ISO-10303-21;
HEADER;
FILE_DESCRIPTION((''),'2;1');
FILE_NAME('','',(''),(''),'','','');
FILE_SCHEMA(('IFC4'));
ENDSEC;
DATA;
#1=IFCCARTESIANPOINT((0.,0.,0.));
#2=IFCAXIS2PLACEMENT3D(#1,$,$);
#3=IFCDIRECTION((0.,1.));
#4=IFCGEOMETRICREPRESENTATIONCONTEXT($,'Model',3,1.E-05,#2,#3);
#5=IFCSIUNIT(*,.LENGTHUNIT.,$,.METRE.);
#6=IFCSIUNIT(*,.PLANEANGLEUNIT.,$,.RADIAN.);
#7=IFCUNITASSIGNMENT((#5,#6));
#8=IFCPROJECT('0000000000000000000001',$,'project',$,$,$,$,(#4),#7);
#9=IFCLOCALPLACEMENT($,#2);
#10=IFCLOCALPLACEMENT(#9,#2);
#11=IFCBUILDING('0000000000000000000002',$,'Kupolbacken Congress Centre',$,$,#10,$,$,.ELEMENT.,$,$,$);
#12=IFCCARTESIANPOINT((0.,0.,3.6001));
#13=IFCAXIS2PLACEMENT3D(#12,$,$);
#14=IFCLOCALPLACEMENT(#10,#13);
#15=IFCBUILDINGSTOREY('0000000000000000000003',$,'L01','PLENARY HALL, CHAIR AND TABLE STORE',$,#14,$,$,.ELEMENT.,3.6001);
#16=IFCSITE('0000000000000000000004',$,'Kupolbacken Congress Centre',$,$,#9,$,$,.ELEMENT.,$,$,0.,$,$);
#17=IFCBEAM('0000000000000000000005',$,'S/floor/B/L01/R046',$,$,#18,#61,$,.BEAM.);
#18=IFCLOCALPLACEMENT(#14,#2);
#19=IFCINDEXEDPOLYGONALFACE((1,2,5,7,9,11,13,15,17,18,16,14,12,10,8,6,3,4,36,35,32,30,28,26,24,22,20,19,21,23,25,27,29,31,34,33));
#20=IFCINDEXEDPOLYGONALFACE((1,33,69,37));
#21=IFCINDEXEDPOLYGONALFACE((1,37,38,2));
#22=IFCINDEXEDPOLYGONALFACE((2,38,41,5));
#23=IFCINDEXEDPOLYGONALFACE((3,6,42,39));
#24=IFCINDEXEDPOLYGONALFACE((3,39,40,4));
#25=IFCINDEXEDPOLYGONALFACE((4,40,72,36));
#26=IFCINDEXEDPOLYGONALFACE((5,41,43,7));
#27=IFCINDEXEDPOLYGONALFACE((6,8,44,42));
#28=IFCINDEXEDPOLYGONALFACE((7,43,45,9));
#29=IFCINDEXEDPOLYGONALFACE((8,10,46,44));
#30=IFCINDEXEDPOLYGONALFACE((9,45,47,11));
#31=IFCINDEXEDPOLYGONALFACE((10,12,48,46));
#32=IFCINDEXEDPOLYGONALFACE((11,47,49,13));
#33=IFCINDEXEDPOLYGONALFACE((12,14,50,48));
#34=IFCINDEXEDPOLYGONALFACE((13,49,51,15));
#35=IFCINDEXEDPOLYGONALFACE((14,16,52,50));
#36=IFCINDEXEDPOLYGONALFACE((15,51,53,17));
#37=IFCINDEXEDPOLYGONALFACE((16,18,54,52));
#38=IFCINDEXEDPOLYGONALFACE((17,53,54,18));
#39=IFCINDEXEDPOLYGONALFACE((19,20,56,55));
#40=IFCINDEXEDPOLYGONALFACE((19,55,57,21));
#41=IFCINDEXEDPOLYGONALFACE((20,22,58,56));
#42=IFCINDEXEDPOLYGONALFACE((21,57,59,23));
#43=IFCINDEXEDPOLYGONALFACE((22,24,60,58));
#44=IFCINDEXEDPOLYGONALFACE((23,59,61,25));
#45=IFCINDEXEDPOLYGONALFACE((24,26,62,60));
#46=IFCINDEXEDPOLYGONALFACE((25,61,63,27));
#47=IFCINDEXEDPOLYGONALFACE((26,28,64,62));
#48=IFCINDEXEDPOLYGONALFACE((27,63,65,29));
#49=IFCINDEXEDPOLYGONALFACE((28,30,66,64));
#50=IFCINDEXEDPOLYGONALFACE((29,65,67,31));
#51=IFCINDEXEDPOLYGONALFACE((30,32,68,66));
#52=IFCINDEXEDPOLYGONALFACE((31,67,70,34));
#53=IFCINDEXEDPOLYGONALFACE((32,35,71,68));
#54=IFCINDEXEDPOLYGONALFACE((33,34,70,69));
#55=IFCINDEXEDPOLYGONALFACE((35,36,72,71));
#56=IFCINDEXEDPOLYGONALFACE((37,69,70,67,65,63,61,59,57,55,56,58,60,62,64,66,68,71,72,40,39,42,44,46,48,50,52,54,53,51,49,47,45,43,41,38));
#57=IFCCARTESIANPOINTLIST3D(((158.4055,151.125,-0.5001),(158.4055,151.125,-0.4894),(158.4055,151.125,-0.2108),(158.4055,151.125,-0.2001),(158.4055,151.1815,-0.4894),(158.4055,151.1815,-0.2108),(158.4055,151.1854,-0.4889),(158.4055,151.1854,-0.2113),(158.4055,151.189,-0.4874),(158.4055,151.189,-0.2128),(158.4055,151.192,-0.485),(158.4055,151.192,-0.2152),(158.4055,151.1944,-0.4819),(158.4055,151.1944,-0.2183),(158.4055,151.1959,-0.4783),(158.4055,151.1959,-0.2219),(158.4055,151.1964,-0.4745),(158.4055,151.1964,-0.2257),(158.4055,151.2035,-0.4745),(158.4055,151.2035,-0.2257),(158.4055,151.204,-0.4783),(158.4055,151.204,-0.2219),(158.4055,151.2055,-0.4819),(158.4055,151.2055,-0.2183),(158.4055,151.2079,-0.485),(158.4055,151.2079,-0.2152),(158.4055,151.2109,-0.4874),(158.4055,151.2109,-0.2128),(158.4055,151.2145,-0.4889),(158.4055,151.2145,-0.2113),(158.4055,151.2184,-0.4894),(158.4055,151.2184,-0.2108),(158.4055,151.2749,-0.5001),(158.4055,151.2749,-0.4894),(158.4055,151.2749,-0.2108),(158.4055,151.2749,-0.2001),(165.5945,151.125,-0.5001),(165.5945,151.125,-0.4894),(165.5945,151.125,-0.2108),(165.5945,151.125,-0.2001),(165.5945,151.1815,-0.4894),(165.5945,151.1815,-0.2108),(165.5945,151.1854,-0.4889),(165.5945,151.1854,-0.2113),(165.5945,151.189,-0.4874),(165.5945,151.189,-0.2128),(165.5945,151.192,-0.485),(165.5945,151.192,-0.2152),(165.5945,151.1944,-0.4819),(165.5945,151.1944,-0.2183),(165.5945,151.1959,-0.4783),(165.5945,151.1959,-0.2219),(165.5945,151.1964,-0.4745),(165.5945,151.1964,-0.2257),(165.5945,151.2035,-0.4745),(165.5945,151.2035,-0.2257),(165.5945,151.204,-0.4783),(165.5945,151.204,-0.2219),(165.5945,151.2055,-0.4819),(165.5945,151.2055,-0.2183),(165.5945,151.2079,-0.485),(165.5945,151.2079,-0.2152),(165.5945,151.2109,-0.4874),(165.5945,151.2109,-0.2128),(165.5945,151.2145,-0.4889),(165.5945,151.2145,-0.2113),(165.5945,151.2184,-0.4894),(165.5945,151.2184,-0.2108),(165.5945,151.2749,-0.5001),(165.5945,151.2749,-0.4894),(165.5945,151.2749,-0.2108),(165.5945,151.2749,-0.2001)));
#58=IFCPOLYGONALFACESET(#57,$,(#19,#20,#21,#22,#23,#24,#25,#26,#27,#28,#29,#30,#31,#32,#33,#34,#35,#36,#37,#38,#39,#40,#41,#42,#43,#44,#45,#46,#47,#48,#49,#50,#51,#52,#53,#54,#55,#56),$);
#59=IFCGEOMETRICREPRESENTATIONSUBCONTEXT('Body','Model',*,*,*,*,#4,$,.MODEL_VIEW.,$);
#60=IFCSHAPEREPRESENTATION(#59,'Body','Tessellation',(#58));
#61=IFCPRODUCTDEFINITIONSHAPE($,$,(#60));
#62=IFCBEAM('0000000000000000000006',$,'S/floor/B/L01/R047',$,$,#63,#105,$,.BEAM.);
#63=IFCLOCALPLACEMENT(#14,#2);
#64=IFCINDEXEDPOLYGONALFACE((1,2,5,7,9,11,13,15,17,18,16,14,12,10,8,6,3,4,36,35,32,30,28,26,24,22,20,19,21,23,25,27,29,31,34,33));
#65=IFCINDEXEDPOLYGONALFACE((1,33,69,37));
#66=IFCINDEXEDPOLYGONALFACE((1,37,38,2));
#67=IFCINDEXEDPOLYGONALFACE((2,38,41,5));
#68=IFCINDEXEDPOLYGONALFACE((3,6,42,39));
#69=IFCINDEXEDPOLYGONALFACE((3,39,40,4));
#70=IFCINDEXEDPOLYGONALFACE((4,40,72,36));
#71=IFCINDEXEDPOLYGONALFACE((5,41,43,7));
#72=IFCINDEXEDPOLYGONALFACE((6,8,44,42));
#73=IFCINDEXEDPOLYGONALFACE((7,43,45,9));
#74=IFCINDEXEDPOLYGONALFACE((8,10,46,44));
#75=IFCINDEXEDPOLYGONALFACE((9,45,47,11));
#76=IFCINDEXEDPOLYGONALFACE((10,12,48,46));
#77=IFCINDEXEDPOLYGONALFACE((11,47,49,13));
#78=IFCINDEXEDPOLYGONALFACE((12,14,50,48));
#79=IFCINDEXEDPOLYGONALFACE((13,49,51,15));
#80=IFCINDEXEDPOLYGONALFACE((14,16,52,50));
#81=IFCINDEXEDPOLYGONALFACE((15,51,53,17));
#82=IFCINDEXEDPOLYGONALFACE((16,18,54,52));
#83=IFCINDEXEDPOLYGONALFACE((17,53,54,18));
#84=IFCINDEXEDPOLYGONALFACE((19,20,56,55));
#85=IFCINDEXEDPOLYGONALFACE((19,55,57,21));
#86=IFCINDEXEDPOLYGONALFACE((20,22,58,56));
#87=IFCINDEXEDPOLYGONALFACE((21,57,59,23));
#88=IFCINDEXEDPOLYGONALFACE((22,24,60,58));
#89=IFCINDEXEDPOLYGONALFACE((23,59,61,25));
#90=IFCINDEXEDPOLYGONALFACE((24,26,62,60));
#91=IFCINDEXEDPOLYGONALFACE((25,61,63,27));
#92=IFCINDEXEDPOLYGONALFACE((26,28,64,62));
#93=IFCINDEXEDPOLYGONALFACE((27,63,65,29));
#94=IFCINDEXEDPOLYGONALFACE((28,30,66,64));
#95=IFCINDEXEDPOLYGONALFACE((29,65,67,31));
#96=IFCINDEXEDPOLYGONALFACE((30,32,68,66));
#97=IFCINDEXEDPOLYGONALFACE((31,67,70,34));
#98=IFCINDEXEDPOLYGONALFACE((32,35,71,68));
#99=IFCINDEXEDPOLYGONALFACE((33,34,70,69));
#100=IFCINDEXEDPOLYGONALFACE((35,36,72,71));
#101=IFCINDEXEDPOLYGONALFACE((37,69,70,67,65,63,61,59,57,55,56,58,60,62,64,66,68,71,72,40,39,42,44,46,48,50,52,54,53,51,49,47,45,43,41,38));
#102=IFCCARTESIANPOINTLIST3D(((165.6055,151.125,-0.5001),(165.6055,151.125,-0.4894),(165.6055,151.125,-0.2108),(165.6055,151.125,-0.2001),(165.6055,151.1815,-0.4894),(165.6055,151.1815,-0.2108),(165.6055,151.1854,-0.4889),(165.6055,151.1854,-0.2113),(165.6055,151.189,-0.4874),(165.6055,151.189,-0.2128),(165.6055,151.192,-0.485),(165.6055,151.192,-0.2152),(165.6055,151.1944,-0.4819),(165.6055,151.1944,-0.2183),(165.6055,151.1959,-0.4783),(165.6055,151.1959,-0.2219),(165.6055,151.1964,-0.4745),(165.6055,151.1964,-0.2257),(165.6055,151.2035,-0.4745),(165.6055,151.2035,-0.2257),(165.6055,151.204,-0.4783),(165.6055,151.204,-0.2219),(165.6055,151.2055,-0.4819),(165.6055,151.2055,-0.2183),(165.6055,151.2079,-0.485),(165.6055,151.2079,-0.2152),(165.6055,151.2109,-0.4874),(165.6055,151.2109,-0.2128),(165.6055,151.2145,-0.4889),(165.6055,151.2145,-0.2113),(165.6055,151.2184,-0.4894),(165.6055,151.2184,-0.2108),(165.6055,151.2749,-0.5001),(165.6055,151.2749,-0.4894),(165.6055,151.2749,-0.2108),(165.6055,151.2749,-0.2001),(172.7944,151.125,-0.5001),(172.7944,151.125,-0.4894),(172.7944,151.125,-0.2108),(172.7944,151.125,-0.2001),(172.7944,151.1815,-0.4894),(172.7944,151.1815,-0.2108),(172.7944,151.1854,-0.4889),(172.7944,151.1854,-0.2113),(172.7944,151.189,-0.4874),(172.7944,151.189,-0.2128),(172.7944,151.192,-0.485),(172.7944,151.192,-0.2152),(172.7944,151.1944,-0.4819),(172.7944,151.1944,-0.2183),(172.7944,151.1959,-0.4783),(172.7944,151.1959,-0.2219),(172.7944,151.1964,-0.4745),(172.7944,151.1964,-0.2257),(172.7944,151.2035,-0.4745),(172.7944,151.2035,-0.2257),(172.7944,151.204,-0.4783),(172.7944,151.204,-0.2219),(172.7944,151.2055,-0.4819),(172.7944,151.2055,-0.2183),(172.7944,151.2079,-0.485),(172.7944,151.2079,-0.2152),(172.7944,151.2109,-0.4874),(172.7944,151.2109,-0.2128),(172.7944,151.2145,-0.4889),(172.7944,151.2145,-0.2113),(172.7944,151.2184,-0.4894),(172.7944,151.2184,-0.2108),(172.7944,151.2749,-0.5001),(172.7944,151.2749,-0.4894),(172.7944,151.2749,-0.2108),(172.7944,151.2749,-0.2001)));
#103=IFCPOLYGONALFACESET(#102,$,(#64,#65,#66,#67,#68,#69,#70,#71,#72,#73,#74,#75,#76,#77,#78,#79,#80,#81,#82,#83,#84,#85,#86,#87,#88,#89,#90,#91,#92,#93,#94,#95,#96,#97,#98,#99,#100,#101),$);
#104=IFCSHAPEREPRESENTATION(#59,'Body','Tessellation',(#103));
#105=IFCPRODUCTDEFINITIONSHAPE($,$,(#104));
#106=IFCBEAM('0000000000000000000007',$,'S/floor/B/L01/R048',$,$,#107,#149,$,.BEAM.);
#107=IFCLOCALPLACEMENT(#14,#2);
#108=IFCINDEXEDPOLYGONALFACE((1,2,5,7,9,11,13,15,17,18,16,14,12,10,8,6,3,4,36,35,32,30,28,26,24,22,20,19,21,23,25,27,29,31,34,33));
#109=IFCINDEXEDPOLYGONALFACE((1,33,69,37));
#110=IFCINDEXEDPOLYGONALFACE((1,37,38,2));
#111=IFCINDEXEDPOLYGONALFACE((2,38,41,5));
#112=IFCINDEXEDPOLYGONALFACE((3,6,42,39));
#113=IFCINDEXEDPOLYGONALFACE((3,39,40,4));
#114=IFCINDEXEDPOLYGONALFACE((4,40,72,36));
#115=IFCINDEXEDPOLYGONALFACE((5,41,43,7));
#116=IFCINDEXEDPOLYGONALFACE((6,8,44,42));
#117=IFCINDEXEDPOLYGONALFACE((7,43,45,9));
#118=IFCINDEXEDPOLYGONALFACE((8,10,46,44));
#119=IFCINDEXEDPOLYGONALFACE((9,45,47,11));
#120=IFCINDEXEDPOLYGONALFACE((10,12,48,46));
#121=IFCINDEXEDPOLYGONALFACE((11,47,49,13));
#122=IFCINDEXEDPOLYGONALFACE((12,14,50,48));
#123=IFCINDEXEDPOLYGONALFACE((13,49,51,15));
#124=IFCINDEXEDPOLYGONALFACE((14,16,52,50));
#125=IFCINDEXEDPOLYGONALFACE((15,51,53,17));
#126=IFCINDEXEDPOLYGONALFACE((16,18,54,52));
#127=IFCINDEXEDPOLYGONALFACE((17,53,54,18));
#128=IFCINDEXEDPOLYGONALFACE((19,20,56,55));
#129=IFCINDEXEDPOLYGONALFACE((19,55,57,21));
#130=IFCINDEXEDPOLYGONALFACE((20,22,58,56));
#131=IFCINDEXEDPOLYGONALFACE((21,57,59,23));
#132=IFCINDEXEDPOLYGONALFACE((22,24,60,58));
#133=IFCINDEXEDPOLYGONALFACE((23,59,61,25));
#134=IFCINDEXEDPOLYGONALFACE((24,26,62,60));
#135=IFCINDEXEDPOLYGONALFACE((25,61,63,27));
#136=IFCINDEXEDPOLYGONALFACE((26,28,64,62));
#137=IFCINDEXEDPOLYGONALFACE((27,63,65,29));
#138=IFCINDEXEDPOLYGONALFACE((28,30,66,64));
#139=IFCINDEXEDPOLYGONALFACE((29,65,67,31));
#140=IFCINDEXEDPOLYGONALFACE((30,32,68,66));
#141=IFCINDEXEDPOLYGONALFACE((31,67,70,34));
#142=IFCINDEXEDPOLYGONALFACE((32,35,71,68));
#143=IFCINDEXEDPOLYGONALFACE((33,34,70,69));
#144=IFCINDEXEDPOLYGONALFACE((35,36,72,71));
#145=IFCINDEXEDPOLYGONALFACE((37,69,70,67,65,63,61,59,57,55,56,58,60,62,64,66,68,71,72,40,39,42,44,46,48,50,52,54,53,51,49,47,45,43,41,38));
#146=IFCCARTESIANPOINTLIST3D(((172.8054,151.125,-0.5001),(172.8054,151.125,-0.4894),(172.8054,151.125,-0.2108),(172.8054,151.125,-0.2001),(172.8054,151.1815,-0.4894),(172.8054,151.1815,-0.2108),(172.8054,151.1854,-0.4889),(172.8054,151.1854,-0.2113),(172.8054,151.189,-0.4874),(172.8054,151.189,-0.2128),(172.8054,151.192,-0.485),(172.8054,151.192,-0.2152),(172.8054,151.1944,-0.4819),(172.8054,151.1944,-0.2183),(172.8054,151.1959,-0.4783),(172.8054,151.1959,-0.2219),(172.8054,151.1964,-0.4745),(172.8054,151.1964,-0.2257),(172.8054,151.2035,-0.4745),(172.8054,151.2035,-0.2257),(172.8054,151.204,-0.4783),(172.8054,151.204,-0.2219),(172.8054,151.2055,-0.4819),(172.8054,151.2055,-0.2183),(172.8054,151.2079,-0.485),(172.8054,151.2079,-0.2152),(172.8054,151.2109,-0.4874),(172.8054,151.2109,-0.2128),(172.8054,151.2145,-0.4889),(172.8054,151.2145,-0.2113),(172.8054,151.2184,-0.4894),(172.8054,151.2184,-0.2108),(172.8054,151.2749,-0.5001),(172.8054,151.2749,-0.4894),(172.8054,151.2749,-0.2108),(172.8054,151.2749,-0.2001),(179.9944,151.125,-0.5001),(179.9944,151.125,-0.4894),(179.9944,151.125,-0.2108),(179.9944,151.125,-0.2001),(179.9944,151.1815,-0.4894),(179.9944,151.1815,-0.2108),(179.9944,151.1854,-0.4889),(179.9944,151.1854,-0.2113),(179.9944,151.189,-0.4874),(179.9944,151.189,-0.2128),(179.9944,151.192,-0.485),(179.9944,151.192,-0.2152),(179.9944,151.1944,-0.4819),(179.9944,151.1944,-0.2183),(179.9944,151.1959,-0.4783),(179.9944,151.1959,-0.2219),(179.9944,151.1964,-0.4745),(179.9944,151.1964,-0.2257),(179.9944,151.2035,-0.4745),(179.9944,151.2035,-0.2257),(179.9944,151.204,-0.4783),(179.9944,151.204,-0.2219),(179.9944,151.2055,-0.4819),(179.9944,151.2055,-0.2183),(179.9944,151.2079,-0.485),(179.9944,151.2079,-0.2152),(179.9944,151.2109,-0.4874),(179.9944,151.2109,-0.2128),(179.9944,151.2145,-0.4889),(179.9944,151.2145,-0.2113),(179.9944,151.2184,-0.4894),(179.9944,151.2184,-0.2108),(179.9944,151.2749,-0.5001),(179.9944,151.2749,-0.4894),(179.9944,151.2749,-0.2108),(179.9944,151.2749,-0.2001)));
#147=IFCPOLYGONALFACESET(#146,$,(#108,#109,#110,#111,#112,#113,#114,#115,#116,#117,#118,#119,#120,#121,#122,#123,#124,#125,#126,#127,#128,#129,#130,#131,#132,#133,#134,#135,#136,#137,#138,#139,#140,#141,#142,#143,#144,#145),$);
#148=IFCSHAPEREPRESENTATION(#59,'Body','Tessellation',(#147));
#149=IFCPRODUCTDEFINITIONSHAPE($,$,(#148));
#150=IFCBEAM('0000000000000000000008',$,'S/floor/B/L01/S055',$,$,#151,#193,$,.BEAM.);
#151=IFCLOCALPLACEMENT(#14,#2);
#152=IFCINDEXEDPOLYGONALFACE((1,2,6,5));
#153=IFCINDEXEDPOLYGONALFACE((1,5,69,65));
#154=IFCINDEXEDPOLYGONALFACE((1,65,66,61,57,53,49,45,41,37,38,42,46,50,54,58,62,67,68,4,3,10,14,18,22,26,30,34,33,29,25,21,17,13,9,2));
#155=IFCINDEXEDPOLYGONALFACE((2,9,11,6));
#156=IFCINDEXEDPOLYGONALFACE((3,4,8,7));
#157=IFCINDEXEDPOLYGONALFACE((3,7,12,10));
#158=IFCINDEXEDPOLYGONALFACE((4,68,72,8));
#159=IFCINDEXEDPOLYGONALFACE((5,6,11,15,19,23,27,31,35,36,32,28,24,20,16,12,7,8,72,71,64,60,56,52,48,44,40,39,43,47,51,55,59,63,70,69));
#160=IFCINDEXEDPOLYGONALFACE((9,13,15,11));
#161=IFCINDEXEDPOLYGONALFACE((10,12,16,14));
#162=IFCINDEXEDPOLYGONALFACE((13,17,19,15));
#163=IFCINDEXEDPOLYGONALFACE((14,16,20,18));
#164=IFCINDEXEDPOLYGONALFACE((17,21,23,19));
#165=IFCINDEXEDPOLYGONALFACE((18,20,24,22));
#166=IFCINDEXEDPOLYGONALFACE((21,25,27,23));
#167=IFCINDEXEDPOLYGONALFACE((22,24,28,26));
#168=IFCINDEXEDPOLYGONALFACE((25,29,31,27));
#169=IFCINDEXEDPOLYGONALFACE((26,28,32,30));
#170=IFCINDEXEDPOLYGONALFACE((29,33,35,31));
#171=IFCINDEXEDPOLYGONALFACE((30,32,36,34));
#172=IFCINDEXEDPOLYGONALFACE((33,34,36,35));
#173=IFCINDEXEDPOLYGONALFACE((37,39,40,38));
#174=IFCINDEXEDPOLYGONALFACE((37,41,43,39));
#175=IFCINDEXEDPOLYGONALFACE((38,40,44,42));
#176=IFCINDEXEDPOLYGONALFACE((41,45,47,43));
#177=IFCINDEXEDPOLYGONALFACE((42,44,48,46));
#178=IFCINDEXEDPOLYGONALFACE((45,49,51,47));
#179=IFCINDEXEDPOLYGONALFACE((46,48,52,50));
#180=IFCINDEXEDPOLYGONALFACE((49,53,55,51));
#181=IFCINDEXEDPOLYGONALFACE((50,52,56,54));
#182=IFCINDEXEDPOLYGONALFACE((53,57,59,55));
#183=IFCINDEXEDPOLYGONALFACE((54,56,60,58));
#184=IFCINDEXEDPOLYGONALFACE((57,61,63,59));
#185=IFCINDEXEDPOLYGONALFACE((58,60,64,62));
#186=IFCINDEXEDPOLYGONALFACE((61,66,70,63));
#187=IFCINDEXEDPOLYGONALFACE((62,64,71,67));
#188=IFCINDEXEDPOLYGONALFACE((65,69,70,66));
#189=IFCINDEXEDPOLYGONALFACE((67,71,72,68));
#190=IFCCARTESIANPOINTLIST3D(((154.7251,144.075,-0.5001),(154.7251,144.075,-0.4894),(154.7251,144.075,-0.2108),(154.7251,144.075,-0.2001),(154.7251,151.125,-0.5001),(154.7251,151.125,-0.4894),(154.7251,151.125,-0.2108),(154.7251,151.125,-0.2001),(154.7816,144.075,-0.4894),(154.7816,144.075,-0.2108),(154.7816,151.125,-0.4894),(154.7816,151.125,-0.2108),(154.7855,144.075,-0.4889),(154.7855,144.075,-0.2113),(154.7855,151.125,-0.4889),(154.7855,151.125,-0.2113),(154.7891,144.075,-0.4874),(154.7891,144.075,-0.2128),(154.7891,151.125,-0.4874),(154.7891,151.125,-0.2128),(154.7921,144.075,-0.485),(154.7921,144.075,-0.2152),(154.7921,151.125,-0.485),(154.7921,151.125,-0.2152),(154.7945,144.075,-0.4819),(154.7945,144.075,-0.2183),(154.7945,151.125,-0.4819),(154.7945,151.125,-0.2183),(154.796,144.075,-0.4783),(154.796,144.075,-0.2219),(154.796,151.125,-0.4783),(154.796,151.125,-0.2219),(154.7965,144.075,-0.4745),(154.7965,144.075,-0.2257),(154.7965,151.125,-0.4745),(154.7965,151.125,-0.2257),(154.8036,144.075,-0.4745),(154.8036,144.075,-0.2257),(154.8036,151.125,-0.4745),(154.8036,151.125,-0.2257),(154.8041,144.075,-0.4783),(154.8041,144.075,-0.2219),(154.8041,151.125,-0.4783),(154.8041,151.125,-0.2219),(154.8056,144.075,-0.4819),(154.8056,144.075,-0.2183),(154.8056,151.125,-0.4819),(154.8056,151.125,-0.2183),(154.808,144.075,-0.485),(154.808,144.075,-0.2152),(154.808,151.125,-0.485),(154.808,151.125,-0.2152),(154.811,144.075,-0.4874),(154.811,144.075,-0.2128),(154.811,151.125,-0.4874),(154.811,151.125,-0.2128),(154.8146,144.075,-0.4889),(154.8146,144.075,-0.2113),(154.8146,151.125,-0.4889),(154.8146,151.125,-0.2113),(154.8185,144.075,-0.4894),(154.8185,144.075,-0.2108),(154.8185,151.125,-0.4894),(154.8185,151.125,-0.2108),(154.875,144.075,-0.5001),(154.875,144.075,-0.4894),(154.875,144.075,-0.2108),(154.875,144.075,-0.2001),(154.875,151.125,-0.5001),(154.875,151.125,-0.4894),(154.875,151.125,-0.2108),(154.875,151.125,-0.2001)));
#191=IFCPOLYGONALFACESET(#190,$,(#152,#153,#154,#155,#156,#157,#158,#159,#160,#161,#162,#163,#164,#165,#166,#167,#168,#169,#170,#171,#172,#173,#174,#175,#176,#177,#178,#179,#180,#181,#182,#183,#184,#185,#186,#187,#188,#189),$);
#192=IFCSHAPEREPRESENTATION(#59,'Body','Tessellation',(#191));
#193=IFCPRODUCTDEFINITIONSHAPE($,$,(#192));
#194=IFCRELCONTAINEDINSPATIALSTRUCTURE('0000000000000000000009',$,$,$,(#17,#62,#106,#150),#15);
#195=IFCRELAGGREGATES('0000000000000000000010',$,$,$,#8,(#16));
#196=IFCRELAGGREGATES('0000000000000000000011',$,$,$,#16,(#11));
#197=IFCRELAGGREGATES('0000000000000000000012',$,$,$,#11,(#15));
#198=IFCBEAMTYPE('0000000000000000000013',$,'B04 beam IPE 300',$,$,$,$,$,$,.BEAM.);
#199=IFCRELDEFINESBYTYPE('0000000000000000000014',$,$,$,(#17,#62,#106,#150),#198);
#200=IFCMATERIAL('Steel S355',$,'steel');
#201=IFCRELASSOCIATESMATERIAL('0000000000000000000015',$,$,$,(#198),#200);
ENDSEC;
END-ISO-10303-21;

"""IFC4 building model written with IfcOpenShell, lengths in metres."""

from ifc_helpers import new_model, si_unit, direction, frame, origin, origin_2d, place, context, subcontext, project, spatial, i_section, extrude, material, material_profile, profile_set, type_object, element, save


model = new_model("IFC4")

# Units and contexts
model_context = context("Model", 3, precision=1e-05, world=origin(), true_north=direction((0.0, 1.0)))
body_context = subcontext(model_context, "Body", "Model", "MODEL_VIEW")
ifc_project = project(units=[si_unit("LENGTHUNIT", "METRE"), si_unit("PLANEANGLEUNIT", "RADIAN")], contexts=[model_context])

# Site, building, storey
site_placement = place(None, origin())
site = spatial("IfcSite", under=ifc_project, at=site_placement, Name="Kupolbacken Congress Centre", CompositionType="ELEMENT", RefElevation=0.0)
building_placement = place(site_placement, origin())
building = spatial("IfcBuilding", under=site, at=building_placement, Name="Kupolbacken Congress Centre", CompositionType="ELEMENT")
storey_placement = place(building_placement, frame((0.0, 0.0, 3.6001)))
storey = spatial("IfcBuildingStorey", under=building, at=storey_placement, Name="L01", Description="PLENARY HALL, CHAIR AND TABLE STORE", CompositionType="ELEMENT", Elevation=3.6001)

# Beams
ifc_material_1 = material(Name="Steel S355", Category="steel")
ifc_material_profile_1 = material_profile(ifc_material_1, i_section(OverallWidth=0.1499, OverallDepth=0.3, WebThickness=0.0071, FlangeThickness=0.0107, FilletRadius=0.0149, at=origin_2d()), Name="IPE 300")
ifc_profile_set_1 = profile_set([ifc_material_profile_1], Name="Steel S355")
beam_type_1 = type_object("IfcBeamType", Name="B04 beam IPE 300", PredefinedType="BEAM", material=ifc_profile_set_1)
for number, where, z_axis, x_axis, name in (
    (1, (158.4055, 151.2, -0.3501), (1.0, 0.0, 0.0), (0.0, 1.0, 0.0), "S/floor/B/L01/R046"),
    (2, (165.6055, 151.2, -0.3501), (1.0, 0.0, 0.0), (0.0, 1.0, 0.0), "S/floor/B/L01/R047"),
    (3, (172.8054, 151.2, -0.3501), (1.0, 0.0, 0.0), (0.0, 1.0, 0.0), "S/floor/B/L01/R048"),
):
    element("IfcBeam", number, at=place(storey_placement, frame(where, z_axis=z_axis, x_axis=x_axis)), inside=storey, type_object=beam_type_1, Name=name, PredefinedType="BEAM", context=body_context, shape_type="SweptSolid", body=[
        extrude(i_section(OverallWidth=0.1499, OverallDepth=0.3, WebThickness=0.0071, FlangeThickness=0.0107, FilletRadius=0.0149, at=origin_2d()), origin(), (0.0, 0.0, 1.0), 7.189),
    ])
for number, where, z_axis, x_axis, name in (
    (4, (154.8, 144.075, -0.3501), (0.0, 1.0, 0.0), (-1.0, 0.0, 0.0), "S/floor/B/L01/S055"),
):
    element("IfcBeam", number, at=place(storey_placement, frame(where, z_axis=z_axis, x_axis=x_axis)), inside=storey, type_object=beam_type_1, Name=name, PredefinedType="BEAM", context=body_context, shape_type="SweptSolid", body=[
        extrude(i_section(OverallWidth=0.1499, OverallDepth=0.3, WebThickness=0.0071, FlangeThickness=0.0107, FilletRadius=0.0149, at=origin_2d()), origin(), (0.0, 0.0, 1.0), 7.05),
    ])

save(model, "model.ifc")
